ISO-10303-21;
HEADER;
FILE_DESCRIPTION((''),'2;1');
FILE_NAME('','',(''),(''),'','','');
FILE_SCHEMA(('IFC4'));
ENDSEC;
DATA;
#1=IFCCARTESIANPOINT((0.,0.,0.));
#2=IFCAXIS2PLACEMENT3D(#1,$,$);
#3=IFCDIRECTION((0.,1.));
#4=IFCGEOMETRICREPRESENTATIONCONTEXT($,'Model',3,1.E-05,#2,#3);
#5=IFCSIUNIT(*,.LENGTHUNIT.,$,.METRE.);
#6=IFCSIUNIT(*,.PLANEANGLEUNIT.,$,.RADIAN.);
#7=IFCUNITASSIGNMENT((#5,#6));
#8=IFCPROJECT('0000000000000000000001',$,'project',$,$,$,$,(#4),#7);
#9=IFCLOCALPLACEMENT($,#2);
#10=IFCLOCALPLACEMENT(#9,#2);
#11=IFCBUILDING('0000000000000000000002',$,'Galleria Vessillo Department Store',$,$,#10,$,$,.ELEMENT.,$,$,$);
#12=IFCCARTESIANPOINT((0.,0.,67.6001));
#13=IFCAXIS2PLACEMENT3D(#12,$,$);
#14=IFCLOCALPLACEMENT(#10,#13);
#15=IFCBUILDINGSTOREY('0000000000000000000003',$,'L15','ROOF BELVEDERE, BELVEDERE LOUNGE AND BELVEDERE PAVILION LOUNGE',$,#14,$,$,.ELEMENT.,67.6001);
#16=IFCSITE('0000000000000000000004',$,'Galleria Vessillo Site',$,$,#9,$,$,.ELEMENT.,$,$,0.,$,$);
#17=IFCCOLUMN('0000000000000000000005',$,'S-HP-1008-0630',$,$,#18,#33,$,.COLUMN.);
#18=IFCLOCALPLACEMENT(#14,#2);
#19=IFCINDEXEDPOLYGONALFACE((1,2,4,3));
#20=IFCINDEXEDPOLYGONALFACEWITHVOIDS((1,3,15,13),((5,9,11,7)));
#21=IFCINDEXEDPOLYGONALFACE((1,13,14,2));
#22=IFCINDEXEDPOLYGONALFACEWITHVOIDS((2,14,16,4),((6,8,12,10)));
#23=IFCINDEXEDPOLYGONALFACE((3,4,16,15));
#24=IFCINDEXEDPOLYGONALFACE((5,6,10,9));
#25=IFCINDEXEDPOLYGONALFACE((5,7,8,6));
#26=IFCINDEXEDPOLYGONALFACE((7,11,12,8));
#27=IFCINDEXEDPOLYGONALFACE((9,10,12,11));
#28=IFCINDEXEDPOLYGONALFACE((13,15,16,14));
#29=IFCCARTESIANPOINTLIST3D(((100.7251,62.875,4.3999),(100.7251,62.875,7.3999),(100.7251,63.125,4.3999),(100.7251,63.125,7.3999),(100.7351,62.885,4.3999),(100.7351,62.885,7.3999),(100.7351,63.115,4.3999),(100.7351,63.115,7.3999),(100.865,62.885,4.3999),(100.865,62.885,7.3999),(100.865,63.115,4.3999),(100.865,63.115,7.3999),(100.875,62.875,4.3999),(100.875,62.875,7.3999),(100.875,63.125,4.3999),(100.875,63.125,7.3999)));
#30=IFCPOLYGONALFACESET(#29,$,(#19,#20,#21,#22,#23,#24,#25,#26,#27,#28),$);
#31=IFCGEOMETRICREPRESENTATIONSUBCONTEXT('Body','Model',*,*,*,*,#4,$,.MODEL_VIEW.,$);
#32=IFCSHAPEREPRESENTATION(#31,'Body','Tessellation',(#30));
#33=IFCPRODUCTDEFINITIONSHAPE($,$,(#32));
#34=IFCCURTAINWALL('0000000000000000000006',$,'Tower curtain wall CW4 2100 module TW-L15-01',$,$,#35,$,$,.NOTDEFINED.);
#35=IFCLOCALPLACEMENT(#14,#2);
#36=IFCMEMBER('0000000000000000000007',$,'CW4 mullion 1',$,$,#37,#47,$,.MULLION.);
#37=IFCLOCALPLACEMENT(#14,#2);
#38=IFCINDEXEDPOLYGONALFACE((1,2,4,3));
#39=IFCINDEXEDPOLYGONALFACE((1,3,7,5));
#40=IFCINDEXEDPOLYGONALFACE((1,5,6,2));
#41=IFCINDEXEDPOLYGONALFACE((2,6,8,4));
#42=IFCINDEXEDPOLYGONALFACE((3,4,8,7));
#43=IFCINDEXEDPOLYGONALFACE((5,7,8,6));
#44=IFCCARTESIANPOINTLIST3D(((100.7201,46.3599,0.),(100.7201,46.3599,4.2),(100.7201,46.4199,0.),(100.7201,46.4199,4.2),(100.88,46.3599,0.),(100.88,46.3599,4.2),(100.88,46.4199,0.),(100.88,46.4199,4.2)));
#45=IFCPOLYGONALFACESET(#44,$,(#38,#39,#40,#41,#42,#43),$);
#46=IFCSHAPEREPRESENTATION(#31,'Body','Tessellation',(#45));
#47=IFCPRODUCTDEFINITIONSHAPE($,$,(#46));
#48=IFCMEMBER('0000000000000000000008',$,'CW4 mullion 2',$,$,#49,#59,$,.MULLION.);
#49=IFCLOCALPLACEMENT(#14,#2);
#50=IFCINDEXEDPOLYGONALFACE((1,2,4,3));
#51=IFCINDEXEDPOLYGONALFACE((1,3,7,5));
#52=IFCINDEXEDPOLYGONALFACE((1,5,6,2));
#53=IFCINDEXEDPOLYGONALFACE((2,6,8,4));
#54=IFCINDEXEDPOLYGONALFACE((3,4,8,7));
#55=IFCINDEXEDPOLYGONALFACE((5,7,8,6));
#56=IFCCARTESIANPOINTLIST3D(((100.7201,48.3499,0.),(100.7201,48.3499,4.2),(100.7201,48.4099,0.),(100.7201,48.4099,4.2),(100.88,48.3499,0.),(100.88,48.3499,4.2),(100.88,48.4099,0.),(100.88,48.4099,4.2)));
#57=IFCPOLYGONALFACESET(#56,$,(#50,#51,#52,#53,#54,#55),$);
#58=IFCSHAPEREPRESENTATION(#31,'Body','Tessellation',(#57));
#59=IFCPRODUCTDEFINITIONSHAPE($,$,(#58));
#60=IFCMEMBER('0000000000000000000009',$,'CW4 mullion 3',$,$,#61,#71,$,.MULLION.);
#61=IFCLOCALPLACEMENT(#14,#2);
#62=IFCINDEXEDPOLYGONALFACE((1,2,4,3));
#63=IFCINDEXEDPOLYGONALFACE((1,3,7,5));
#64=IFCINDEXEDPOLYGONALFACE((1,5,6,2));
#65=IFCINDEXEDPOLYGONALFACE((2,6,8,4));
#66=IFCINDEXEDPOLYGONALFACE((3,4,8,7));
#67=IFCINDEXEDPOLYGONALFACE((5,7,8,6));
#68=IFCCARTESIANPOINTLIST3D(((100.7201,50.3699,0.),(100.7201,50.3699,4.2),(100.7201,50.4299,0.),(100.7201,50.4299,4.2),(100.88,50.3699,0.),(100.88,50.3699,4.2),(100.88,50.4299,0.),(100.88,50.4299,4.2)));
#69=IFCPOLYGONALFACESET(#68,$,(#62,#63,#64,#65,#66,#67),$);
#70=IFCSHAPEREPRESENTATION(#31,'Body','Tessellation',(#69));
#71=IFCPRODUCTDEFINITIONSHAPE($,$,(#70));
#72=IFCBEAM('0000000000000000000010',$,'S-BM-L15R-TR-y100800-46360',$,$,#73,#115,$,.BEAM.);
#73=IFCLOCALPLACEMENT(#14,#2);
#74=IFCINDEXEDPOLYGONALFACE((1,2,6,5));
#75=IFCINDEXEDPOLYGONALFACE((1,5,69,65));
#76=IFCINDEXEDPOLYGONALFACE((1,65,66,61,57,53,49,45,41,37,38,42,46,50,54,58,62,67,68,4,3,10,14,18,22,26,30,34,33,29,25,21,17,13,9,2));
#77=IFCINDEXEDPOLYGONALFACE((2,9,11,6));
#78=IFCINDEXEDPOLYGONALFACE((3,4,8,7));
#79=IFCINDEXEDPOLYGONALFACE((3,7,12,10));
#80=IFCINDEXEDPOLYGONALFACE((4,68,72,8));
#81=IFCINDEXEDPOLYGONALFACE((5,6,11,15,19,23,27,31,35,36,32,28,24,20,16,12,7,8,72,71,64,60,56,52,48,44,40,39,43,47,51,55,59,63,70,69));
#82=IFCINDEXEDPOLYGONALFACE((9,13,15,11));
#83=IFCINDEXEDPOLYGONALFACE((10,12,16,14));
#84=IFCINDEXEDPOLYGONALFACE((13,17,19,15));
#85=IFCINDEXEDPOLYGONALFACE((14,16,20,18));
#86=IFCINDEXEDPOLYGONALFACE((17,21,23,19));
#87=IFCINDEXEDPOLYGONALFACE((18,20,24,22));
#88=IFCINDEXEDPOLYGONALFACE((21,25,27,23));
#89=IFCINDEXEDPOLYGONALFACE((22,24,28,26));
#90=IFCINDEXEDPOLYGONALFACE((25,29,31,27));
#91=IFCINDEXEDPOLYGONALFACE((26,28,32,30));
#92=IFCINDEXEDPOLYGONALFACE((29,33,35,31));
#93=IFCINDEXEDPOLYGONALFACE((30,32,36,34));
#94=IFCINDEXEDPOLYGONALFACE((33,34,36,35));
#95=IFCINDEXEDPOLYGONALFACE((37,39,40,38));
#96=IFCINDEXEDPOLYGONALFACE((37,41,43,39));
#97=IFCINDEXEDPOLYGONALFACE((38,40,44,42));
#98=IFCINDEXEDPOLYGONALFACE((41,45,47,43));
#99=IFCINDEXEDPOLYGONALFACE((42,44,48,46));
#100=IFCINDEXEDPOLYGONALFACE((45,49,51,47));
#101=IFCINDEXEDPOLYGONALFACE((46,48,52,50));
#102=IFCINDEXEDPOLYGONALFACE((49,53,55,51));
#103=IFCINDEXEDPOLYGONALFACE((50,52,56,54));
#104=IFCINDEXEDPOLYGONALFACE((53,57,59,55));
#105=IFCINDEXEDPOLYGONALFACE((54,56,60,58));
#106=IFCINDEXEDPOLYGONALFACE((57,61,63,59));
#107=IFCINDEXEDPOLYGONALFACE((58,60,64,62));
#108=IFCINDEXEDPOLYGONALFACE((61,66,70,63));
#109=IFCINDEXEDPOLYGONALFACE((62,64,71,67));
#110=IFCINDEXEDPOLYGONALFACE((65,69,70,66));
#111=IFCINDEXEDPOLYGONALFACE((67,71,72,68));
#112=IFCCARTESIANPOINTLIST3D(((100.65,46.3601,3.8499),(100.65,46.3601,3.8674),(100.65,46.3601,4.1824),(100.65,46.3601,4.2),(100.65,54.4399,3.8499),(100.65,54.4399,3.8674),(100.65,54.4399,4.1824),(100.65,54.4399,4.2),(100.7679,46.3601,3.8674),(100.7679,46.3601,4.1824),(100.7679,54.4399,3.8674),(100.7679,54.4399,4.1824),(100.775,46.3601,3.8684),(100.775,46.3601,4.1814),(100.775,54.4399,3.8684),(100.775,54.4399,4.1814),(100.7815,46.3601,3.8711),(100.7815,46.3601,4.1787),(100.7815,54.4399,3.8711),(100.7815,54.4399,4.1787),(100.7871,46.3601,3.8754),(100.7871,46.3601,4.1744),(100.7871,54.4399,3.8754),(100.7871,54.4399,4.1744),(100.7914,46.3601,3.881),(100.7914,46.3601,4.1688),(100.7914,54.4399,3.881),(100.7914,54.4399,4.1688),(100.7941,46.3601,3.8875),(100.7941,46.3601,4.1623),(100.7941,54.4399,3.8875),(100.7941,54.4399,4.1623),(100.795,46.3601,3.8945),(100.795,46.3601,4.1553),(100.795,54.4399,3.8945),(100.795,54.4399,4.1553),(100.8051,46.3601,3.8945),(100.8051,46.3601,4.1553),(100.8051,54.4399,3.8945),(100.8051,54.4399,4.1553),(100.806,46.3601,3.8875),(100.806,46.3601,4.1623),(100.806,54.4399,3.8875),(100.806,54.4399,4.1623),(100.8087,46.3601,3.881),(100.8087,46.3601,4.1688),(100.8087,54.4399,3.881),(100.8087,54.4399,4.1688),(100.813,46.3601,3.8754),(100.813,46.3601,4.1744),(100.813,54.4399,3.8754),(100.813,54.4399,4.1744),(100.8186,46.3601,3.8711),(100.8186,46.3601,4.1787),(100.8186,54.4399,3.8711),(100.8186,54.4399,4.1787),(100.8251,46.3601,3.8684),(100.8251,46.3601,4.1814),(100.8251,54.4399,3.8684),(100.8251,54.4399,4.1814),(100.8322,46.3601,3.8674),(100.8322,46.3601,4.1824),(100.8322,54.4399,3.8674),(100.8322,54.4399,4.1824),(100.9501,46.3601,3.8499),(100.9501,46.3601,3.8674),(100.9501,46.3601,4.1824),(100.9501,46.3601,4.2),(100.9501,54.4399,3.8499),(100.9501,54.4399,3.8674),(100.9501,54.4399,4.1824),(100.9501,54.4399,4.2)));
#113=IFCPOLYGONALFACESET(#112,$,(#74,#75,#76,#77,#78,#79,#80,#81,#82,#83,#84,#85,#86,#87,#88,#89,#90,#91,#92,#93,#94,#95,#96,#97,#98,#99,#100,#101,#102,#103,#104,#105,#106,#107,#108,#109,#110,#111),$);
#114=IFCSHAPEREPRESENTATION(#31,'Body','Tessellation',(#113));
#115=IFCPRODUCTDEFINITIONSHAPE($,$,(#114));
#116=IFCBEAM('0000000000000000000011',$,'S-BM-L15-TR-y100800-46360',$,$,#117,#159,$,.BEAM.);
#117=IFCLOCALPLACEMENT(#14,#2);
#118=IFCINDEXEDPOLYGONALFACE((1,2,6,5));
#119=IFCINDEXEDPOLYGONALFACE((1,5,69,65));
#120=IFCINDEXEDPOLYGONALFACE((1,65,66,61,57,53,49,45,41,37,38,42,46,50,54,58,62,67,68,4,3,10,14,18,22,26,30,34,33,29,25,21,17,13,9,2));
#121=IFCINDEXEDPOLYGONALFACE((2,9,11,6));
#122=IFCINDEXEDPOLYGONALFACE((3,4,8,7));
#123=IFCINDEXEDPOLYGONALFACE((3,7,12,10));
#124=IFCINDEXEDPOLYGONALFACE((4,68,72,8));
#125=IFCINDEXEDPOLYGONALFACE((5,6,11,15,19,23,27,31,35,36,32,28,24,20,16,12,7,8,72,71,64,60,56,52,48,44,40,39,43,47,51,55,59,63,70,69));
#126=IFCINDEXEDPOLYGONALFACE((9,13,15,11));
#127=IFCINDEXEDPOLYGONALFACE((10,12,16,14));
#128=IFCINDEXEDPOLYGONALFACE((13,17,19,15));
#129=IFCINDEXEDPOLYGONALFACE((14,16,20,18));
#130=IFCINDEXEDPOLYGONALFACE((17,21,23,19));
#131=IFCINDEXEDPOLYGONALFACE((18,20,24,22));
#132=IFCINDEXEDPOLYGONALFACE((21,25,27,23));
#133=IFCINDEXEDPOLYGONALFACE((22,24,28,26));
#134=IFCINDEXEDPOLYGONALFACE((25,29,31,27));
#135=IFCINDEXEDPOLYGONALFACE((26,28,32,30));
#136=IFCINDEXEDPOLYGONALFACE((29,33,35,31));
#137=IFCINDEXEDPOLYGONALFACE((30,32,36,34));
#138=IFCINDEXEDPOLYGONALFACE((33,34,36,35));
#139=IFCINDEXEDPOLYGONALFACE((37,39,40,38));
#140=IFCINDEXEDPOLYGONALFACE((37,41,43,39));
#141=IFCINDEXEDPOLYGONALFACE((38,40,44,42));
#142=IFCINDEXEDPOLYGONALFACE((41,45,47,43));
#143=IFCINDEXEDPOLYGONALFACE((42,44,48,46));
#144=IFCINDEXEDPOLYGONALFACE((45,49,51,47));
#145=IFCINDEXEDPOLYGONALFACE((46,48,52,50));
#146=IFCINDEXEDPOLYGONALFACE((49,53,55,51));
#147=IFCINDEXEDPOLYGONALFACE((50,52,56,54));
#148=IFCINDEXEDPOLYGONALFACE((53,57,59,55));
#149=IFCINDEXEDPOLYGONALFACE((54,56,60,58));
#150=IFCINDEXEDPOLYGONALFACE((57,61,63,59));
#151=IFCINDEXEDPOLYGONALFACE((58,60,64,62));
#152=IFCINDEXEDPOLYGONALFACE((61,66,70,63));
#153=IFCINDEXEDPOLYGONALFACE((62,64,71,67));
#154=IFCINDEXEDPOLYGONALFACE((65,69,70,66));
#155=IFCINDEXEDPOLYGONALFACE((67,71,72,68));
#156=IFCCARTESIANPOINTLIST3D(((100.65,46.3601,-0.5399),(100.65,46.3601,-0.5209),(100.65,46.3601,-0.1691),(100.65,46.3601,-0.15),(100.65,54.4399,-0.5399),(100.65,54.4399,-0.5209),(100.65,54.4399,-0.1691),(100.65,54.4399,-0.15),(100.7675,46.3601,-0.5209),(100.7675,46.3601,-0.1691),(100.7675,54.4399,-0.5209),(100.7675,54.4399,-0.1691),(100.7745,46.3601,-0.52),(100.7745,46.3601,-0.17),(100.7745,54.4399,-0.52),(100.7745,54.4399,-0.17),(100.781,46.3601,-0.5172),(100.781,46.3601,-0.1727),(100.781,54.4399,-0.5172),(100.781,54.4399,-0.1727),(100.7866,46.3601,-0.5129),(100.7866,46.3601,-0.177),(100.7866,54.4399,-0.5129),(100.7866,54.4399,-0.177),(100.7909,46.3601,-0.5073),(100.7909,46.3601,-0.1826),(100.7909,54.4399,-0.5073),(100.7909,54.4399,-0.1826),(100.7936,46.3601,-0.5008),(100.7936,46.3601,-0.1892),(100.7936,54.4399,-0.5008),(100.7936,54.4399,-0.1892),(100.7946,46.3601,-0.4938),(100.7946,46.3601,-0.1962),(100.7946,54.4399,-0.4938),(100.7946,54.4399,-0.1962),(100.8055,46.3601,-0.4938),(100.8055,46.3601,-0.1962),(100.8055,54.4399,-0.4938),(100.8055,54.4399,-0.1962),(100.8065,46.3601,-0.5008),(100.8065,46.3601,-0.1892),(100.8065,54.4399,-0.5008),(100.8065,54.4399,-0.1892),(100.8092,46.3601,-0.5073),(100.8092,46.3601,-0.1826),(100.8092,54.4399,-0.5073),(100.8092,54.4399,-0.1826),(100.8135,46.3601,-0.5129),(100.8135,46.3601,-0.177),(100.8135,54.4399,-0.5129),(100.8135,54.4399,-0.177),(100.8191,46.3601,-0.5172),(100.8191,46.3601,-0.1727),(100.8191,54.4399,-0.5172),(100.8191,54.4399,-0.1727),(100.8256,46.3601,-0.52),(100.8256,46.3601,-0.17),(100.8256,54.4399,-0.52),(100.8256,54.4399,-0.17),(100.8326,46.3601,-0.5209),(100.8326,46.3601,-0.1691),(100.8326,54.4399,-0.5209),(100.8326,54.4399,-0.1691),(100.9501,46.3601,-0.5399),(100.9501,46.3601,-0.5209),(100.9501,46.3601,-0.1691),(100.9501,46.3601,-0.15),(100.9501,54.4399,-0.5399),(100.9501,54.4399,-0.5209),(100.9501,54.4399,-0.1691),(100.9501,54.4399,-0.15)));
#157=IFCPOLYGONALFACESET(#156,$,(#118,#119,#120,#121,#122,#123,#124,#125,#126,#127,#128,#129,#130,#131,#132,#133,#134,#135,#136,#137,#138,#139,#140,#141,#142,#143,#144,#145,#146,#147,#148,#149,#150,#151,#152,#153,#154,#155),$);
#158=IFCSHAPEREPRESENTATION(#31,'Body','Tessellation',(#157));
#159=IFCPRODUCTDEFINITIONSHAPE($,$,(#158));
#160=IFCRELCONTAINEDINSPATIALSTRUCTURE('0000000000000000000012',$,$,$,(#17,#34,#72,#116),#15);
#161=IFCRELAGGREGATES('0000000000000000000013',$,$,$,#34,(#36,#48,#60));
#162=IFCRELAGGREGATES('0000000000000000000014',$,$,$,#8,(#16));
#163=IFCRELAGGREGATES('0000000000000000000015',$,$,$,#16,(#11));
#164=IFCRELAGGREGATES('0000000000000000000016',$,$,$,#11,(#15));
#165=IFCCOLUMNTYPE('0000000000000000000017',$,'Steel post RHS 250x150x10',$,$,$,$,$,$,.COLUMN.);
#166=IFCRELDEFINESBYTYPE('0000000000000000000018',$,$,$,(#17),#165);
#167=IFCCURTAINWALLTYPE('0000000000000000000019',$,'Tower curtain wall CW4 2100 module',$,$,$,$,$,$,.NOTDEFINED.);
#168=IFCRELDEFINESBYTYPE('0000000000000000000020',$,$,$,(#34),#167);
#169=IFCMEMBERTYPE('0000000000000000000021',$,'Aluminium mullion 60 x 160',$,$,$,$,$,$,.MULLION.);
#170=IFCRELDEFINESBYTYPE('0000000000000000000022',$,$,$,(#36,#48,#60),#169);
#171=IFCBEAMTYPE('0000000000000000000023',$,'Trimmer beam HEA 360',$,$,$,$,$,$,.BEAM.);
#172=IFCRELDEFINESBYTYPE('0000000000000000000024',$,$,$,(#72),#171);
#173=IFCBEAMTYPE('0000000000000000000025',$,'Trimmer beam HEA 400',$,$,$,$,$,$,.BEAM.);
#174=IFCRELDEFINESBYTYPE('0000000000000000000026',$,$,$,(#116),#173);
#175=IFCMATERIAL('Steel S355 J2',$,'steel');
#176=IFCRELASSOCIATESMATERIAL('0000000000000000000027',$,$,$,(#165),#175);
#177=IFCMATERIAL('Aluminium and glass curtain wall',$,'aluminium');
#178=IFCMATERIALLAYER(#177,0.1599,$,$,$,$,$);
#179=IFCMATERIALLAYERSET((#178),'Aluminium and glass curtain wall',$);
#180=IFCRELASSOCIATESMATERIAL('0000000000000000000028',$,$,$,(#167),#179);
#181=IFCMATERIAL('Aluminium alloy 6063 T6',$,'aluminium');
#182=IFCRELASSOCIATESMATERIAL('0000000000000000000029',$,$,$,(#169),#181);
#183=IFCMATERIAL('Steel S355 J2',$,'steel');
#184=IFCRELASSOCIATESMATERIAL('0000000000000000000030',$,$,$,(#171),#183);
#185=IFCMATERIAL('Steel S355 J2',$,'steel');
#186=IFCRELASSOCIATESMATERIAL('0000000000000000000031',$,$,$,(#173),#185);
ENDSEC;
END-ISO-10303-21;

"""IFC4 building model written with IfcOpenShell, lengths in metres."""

from ifc_helpers import new_model, si_unit, direction, frame, origin, origin_2d, place, context, subcontext, project, spatial, rectangle, hollow_rectangle, i_section, extrude, material, layer, layer_set, material_profile, profile_set, type_object, element, aggregate, save


model = new_model("IFC4")

# Units and contexts
model_context = context("Model", 3, precision=1e-05, world=origin(), true_north=direction((0.0, 1.0)))
body_context = subcontext(model_context, "Body", "Model", "MODEL_VIEW")
ifc_project = project(units=[si_unit("LENGTHUNIT", "METRE"), si_unit("PLANEANGLEUNIT", "RADIAN")], contexts=[model_context])

# Site, building, storey
site_placement = place(None, origin())
site = spatial("IfcSite", under=ifc_project, at=site_placement, Name="Galleria Vessillo Site", CompositionType="ELEMENT", RefElevation=0.0)
building_placement = place(site_placement, origin())
building = spatial("IfcBuilding", under=site, at=building_placement, Name="Galleria Vessillo Department Store", CompositionType="ELEMENT")
storey_placement = place(building_placement, frame((0.0, 0.0, 67.6001)))
storey = spatial("IfcBuildingStorey", under=building, at=storey_placement, Name="L15", Description="ROOF BELVEDERE, BELVEDERE LOUNGE AND BELVEDERE PAVILION LOUNGE", CompositionType="ELEMENT", Elevation=67.6001)

# Column
ifc_material_1 = material(Name="Steel S355 J2", Category="steel")
ifc_material_profile_1 = material_profile(ifc_material_1, hollow_rectangle(XDim=0.1499, YDim=0.25, WallThickness=0.01, at=origin_2d()), Name="RHS 250x150x10")
ifc_profile_set_1 = profile_set([ifc_material_profile_1], Name="Steel S355 J2")
column_type_1 = type_object("IfcColumnType", Name="Steel post RHS 250x150x10", PredefinedType="COLUMN", material=ifc_profile_set_1)
for number, where, z_axis, x_axis, name in (
    (1, (100.8, 63.0, 4.3999), (0.0, 0.0, 1.0), (1.0, 0.0, 0.0), "S-HP-1008-0630"),
):
    element("IfcColumn", number, at=place(storey_placement, frame(where, z_axis=z_axis, x_axis=x_axis)), inside=storey, type_object=column_type_1, Name=name, PredefinedType="COLUMN", context=body_context, shape_type="SweptSolid", body=[
        extrude(hollow_rectangle(XDim=0.1499, YDim=0.25, WallThickness=0.01, at=origin_2d()), origin(), (0.0, 0.0, 1.0), 3.0),
    ])

# Curtain wall, members
ifc_material_2 = material(Name="Aluminium and glass curtain wall", Category="aluminium")
ifc_layer_1 = layer(ifc_material_2, 0.1599)
ifc_layer_set_1 = layer_set([ifc_layer_1], Name="Aluminium and glass curtain wall")
curtain_wall_type = type_object("IfcCurtainWallType", Name="Tower curtain wall CW4 2100 module", PredefinedType="NOTDEFINED", material=ifc_layer_set_1)
curtain_wall_placement = place(storey_placement, origin())
curtain_wall = element("IfcCurtainWall", 2, at=curtain_wall_placement, inside=storey, type_object=curtain_wall_type, Name="Tower curtain wall CW4 2100 module TW-L15-01", PredefinedType="NOTDEFINED")
ifc_material_3 = material(Name="Aluminium alloy 6063 T6", Category="aluminium")
ifc_material_profile_2 = material_profile(ifc_material_3, rectangle(XDim=0.1599, YDim=0.0601, at=origin_2d()), Name="AL 60x160")
ifc_profile_set_2 = profile_set([ifc_material_profile_2], Name="Aluminium alloy 6063 T6")
member_type = type_object("IfcMemberType", Name="Aluminium mullion 60 x 160", PredefinedType="MULLION", material=ifc_profile_set_2)
member_1_placement = place(storey_placement, frame((100.8, 46.3899, 0.0), z_axis=(0.0, 0.0, 1.0), x_axis=(-1.0, 0.0, 0.0)))
member_1 = element("IfcMember", 3, at=member_1_placement, type_object=member_type, Name="CW4 mullion 1", PredefinedType="MULLION", context=body_context, shape_type="SweptSolid", body=[
    extrude(rectangle(XDim=0.1599, YDim=0.0601, at=origin_2d()), origin(), (0.0, 0.0, 1.0), 4.2),
])
member_2_placement = place(storey_placement, frame((100.8, 48.3799, 0.0), z_axis=(0.0, 0.0, 1.0), x_axis=(-1.0, 0.0, 0.0)))
member_2 = element("IfcMember", 4, at=member_2_placement, type_object=member_type, Name="CW4 mullion 2", PredefinedType="MULLION", context=body_context, shape_type="SweptSolid", body=[
    extrude(rectangle(XDim=0.1599, YDim=0.0601, at=origin_2d()), origin(), (0.0, 0.0, 1.0), 4.2),
])
member_3_placement = place(storey_placement, frame((100.8, 50.3999, 0.0), z_axis=(0.0, 0.0, 1.0), x_axis=(-1.0, 0.0, 0.0)))
member_3 = element("IfcMember", 5, at=member_3_placement, type_object=member_type, Name="CW4 mullion 3", PredefinedType="MULLION", context=body_context, shape_type="SweptSolid", body=[
    extrude(rectangle(XDim=0.1599, YDim=0.0601, at=origin_2d()), origin(), (0.0, 0.0, 1.0), 4.2),
])
aggregate(curtain_wall, [member_1, member_2, member_3])

# Beams
ifc_material_4 = material(Name="Steel S355 J2", Category="steel")
ifc_material_profile_3 = material_profile(ifc_material_4, i_section(OverallWidth=0.3, OverallDepth=0.3501, WebThickness=0.01, FlangeThickness=0.0176, FilletRadius=0.0271, at=origin_2d()), Name="HEA 360")
ifc_profile_set_3 = profile_set([ifc_material_profile_3], Name="Steel S355 J2")
beam_type_1 = type_object("IfcBeamType", Name="Trimmer beam HEA 360", PredefinedType="BEAM", material=ifc_profile_set_3)
beam_1_placement = place(storey_placement, frame((100.8, 46.3601, 4.0249), z_axis=(0.0, 1.0, 0.0), x_axis=(-1.0, 0.0, 0.0)))
element("IfcBeam", 6, at=beam_1_placement, inside=storey, type_object=beam_type_1, Name="S-BM-L15R-TR-y100800-46360", PredefinedType="BEAM", context=body_context, shape_type="SweptSolid", body=[
    extrude(i_section(OverallWidth=0.3, OverallDepth=0.3501, WebThickness=0.01, FlangeThickness=0.0176, FilletRadius=0.0271, at=origin_2d()), origin(), (0.0, 0.0, 1.0), 8.0798),
])
ifc_material_5 = material(Name="Steel S355 J2", Category="steel")
ifc_material_profile_4 = material_profile(ifc_material_5, i_section(OverallWidth=0.3, OverallDepth=0.3899, WebThickness=0.011, FlangeThickness=0.019, FilletRadius=0.0271, at=origin_2d()), Name="HEA 400")
ifc_profile_set_4 = profile_set([ifc_material_profile_4], Name="Steel S355 J2")
beam_type_2 = type_object("IfcBeamType", Name="Trimmer beam HEA 400", PredefinedType="BEAM", material=ifc_profile_set_4)
beam_2_placement = place(storey_placement, frame((100.8, 46.3601, -0.345), z_axis=(0.0, 1.0, 0.0), x_axis=(-1.0, 0.0, 0.0)))
element("IfcBeam", 7, at=beam_2_placement, inside=storey, type_object=beam_type_2, Name="S-BM-L15-TR-y100800-46360", PredefinedType="BEAM", context=body_context, shape_type="SweptSolid", body=[
    extrude(i_section(OverallWidth=0.3, OverallDepth=0.3899, WebThickness=0.011, FlangeThickness=0.019, FilletRadius=0.0271, at=origin_2d()), origin(), (0.0, 0.0, 1.0), 8.0798),
])

save(model, "model.ifc")
